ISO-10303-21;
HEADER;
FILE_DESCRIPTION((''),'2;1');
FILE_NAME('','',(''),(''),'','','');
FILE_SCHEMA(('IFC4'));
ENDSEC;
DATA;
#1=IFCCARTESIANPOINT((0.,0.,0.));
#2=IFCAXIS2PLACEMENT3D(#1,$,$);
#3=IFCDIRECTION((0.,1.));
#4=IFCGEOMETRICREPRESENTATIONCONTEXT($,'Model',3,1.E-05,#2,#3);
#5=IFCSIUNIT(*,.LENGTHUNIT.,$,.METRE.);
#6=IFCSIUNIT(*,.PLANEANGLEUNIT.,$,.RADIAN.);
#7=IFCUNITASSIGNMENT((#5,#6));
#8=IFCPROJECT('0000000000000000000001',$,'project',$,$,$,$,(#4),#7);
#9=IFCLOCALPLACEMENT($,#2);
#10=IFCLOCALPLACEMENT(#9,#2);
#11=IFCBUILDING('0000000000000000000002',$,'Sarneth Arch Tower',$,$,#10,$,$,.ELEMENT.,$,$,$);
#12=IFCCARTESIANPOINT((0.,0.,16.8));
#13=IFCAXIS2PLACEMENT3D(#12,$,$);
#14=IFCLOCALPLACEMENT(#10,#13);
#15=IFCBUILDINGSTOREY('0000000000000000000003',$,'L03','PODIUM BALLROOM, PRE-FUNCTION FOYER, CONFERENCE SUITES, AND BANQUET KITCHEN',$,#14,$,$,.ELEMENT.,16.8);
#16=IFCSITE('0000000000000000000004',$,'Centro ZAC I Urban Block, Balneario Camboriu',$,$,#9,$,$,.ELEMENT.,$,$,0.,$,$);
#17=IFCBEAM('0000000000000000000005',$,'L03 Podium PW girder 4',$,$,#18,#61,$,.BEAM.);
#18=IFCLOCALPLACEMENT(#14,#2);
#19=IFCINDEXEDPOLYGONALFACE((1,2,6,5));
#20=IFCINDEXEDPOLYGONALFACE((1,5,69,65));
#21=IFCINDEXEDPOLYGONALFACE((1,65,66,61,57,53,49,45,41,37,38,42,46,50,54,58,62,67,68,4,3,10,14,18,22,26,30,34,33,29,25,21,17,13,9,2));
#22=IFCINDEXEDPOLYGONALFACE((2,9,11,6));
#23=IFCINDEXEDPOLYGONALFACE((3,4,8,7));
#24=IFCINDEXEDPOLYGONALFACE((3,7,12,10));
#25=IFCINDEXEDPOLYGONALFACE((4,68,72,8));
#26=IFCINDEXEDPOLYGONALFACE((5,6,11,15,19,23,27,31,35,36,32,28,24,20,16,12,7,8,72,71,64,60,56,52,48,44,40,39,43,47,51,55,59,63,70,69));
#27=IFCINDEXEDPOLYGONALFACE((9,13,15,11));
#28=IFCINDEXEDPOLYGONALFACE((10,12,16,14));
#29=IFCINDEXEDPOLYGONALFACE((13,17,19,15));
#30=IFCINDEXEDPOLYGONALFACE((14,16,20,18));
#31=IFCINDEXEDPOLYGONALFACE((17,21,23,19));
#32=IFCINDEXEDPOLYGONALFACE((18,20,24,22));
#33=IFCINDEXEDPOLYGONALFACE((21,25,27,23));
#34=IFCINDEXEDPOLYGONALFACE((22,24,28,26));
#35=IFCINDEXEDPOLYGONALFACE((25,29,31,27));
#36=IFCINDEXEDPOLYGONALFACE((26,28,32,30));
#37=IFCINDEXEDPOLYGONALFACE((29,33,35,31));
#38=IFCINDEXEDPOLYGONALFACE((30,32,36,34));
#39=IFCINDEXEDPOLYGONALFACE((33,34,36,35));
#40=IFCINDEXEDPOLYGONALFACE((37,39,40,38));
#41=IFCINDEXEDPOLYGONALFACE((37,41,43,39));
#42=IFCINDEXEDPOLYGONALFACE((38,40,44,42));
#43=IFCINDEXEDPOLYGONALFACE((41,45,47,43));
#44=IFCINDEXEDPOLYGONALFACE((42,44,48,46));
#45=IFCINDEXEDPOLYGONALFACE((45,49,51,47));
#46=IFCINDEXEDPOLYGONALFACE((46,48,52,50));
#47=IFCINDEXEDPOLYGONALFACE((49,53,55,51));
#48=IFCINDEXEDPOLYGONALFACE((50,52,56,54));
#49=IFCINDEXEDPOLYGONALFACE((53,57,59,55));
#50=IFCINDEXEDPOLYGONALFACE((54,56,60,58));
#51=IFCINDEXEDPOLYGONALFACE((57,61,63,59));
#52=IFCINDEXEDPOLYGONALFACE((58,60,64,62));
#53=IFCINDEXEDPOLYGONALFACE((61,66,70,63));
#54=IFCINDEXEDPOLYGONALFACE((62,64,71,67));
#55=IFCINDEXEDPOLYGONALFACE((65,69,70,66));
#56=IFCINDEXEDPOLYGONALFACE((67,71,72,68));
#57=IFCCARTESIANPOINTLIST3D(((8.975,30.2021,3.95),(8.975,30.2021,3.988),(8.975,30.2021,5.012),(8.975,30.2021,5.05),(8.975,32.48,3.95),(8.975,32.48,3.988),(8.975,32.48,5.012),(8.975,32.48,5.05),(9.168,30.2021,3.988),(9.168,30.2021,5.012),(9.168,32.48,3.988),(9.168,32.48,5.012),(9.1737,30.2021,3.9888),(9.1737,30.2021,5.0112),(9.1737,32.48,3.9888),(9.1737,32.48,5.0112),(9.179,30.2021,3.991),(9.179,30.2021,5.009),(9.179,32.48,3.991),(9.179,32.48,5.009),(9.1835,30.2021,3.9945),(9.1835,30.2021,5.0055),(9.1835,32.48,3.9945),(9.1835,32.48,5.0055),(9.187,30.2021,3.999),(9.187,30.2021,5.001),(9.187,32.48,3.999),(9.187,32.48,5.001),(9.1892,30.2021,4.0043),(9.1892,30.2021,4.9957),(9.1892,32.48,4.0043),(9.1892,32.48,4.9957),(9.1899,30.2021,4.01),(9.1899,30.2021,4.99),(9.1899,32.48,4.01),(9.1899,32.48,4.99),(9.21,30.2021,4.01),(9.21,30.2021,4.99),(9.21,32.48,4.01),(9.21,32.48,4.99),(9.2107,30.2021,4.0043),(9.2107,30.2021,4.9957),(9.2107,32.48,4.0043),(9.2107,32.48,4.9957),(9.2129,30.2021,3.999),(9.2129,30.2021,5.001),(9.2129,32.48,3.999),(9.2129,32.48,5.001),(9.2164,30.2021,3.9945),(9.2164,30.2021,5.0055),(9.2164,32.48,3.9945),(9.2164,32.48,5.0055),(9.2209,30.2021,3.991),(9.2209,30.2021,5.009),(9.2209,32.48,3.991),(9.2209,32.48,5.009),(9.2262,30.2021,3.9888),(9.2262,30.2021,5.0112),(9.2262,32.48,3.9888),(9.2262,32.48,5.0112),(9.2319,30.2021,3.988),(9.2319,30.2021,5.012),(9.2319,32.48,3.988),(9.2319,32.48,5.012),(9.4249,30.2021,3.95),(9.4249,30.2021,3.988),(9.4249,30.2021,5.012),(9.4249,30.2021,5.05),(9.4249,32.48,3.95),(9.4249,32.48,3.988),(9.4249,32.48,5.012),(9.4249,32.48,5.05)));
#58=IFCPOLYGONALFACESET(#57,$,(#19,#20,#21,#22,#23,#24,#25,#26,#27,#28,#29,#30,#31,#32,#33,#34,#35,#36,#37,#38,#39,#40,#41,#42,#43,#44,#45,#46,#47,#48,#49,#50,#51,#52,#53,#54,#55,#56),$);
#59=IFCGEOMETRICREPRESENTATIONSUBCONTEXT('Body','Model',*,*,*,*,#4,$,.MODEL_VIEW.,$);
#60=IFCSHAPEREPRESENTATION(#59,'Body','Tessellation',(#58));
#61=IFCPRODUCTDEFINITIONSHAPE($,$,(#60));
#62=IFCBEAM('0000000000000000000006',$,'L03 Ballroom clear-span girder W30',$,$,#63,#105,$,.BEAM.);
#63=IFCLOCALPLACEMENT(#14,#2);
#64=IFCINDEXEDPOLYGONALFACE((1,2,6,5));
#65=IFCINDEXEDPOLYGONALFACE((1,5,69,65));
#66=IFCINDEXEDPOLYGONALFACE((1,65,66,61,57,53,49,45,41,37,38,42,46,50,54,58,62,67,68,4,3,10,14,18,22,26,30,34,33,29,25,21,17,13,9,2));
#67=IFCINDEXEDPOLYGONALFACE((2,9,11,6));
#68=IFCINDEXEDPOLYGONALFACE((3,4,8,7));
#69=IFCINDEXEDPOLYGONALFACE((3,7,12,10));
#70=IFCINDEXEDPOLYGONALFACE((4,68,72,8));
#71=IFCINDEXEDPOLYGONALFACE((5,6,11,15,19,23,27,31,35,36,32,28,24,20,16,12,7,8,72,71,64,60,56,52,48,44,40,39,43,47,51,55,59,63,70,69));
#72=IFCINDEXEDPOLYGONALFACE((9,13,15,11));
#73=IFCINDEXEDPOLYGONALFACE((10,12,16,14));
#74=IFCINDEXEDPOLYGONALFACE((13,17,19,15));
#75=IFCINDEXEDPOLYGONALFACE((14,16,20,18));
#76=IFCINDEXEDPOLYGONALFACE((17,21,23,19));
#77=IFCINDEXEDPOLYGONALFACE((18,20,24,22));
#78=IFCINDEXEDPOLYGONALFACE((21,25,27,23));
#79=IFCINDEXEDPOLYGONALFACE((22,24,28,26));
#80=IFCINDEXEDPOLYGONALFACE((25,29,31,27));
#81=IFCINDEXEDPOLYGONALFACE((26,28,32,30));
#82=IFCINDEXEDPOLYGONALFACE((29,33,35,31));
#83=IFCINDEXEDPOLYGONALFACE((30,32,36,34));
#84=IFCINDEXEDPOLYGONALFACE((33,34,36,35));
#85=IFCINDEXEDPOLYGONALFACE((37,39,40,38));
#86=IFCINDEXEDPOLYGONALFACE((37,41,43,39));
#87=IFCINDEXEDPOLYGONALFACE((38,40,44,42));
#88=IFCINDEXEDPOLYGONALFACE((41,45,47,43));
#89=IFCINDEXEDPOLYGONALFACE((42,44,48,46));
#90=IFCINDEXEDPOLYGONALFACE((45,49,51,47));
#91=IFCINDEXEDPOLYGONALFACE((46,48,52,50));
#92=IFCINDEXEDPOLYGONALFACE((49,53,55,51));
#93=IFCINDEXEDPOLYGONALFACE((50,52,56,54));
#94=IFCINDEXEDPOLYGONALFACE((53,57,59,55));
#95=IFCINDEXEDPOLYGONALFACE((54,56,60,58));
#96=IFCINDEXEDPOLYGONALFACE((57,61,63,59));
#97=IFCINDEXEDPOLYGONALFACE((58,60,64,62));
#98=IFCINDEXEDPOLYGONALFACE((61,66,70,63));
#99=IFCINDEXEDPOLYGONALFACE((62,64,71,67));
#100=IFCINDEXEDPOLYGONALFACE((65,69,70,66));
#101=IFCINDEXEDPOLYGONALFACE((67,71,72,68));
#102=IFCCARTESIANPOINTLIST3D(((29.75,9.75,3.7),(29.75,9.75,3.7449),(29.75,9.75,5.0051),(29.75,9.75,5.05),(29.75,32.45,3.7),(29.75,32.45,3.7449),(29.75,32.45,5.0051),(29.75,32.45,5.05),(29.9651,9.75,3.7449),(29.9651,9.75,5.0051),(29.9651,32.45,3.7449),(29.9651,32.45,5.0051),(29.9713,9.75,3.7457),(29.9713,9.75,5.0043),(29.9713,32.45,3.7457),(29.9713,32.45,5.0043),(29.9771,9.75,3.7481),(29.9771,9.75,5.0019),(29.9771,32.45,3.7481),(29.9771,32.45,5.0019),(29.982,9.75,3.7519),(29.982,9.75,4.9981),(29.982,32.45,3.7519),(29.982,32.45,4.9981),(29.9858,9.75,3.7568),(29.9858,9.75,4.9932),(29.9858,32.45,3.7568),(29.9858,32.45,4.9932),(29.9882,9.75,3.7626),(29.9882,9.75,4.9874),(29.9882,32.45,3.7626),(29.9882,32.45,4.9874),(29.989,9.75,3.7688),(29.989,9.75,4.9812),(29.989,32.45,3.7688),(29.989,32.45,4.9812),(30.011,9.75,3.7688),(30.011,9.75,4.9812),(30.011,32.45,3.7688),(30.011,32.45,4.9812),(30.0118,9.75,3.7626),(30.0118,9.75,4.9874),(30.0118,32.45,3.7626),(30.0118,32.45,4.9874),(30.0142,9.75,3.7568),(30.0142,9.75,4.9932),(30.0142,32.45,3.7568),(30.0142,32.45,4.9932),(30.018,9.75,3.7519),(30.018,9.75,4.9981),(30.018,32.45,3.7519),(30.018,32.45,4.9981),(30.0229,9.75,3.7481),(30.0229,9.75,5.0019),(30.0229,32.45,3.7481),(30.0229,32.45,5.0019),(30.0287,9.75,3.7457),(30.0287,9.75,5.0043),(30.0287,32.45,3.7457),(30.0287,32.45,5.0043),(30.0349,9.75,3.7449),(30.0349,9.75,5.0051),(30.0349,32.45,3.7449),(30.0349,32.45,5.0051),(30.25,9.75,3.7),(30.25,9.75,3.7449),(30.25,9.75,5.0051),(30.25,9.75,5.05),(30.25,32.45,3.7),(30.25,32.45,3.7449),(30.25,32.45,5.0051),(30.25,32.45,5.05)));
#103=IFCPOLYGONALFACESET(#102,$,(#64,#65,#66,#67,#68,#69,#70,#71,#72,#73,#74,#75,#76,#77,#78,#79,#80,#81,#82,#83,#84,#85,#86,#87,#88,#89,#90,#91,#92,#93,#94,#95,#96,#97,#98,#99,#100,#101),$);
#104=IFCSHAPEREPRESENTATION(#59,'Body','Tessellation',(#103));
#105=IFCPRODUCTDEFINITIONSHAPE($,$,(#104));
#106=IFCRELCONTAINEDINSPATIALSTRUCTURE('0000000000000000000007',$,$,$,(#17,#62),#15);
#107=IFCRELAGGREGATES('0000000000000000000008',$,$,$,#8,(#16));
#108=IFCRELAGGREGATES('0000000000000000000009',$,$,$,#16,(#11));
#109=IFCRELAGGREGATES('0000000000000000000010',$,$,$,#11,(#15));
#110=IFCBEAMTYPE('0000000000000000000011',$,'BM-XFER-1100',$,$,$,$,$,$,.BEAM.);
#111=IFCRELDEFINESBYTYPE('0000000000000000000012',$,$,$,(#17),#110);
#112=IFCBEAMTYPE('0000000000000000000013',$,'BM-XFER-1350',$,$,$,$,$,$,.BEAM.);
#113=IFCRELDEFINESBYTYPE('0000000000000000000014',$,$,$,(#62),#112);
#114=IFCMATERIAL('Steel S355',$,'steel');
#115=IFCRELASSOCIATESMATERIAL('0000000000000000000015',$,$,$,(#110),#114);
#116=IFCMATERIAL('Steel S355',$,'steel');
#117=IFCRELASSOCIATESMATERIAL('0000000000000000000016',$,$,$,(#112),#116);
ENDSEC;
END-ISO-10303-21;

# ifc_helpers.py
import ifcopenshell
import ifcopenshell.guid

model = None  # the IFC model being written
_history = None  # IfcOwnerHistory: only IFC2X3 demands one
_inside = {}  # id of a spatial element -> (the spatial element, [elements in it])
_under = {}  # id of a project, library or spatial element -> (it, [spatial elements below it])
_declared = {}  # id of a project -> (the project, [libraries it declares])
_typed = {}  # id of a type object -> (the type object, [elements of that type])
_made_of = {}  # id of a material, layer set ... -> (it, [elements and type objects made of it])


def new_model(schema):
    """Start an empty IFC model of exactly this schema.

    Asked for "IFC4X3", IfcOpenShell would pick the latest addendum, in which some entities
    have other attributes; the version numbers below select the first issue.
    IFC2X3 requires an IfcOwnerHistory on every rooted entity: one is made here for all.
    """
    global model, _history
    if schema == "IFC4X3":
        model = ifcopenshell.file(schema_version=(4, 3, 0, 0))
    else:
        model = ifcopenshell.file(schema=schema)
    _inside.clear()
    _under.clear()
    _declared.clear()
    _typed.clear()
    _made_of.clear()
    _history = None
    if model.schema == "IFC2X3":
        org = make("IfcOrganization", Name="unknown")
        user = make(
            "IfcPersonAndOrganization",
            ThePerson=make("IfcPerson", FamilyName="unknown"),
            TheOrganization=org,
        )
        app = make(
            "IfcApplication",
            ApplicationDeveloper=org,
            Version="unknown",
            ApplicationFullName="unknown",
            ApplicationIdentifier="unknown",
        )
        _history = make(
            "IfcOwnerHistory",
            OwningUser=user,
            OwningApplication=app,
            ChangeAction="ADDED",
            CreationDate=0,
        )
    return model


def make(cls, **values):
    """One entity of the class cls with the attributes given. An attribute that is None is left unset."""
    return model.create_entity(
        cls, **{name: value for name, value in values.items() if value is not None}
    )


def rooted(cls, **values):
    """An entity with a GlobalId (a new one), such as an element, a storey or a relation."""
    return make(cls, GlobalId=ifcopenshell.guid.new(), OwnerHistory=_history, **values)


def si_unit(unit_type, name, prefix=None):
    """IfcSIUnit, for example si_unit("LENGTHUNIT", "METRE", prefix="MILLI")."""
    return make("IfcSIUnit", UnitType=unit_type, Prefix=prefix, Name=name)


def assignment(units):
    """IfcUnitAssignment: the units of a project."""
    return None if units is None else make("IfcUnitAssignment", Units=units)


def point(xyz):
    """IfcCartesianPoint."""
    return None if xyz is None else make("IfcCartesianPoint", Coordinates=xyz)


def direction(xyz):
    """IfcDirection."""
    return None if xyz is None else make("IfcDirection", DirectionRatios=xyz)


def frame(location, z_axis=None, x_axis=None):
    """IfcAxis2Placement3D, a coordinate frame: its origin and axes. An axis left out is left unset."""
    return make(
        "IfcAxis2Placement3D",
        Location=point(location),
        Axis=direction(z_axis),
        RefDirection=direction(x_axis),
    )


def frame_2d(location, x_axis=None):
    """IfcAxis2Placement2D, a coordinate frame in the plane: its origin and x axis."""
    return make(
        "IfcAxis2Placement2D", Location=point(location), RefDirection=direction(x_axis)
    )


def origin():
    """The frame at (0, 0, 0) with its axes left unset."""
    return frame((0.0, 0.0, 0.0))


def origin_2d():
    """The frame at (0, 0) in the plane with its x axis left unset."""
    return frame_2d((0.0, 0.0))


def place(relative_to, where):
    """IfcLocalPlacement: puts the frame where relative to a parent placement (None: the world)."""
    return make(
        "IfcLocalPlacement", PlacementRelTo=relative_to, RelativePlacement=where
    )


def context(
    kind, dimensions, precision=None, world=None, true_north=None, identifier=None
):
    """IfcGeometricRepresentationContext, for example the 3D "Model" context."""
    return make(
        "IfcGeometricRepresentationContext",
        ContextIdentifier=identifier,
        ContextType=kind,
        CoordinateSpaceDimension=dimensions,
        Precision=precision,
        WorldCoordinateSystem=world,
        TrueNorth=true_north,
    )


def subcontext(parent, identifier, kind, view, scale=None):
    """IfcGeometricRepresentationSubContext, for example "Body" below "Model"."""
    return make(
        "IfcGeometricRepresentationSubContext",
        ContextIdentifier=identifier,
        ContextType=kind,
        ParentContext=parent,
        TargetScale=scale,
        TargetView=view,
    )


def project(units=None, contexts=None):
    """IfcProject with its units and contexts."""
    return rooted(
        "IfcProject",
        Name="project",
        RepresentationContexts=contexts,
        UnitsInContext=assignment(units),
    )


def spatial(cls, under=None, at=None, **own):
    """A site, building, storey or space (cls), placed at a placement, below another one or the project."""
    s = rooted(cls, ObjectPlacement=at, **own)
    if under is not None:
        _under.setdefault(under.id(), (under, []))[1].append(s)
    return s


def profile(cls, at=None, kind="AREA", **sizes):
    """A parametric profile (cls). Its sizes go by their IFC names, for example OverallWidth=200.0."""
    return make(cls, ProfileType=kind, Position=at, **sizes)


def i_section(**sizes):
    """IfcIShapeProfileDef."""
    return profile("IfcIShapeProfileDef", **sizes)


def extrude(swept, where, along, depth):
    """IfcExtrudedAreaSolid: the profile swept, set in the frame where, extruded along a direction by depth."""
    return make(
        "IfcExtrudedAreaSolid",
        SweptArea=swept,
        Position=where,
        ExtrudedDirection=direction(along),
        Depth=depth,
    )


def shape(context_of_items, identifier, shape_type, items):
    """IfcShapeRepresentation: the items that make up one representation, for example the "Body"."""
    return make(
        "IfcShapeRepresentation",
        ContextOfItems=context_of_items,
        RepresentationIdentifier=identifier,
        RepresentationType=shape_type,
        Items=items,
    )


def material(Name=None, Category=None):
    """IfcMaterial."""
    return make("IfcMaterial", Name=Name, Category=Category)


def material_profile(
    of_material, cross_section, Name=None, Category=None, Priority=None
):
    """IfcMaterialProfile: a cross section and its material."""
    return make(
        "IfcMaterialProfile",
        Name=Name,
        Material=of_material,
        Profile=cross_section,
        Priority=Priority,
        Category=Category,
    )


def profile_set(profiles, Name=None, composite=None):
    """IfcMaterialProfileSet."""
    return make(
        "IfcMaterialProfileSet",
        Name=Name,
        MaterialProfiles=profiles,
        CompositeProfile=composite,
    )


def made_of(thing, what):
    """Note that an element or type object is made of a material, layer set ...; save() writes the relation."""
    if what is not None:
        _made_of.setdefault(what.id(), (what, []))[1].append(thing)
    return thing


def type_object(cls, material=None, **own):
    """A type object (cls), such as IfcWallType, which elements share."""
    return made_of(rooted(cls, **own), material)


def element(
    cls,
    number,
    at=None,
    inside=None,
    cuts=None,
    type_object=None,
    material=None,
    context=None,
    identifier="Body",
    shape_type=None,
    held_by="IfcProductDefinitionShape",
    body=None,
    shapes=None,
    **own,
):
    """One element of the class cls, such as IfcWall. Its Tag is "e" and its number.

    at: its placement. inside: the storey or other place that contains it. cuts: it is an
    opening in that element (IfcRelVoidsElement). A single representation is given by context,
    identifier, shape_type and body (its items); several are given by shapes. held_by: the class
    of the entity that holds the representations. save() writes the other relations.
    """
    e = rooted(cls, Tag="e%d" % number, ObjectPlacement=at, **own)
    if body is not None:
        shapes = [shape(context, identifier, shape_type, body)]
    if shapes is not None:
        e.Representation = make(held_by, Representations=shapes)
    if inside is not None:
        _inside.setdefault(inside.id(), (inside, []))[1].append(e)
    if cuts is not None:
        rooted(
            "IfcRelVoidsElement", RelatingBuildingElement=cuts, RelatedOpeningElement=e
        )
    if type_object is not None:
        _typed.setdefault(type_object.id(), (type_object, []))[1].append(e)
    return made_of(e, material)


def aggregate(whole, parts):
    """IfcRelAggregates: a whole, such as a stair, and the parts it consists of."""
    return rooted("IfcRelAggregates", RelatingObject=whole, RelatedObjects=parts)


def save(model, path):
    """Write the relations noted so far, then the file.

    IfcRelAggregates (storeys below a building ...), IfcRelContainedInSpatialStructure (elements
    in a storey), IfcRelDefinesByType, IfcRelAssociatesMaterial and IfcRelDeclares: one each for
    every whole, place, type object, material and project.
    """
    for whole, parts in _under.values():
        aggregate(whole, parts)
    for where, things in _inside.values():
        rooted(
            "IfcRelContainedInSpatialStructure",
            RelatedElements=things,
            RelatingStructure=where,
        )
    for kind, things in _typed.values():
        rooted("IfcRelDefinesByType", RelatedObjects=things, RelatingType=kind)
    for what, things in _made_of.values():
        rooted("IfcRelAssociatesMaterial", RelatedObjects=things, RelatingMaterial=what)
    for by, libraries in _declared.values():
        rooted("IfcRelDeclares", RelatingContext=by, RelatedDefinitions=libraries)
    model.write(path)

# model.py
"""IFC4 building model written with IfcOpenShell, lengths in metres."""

from ifc_helpers import new_model, si_unit, direction, frame, origin, origin_2d, place, context, subcontext, project, spatial, i_section, extrude, material, material_profile, profile_set, type_object, element, save


model = new_model("IFC4")

# Units and contexts
model_context = context("Model", 3, precision=1e-05, world=origin(), true_north=direction((0.0, 1.0)))
body_context = subcontext(model_context, "Body", "Model", "MODEL_VIEW")
ifc_project = project(units=[si_unit("LENGTHUNIT", "METRE"), si_unit("PLANEANGLEUNIT", "RADIAN")], contexts=[model_context])

# Site, building, storey
site_placement = place(None, origin())
site = spatial("IfcSite", under=ifc_project, at=site_placement, Name="Centro ZAC I Urban Block, Balneario Camboriu", CompositionType="ELEMENT", RefElevation=0.0)
building_placement = place(site_placement, origin())
building = spatial("IfcBuilding", under=site, at=building_placement, Name="Sarneth Arch Tower", CompositionType="ELEMENT")
storey_placement = place(building_placement, frame((0.0, 0.0, 16.8)))
storey = spatial("IfcBuildingStorey", under=building, at=storey_placement, Name="L03", Description="PODIUM BALLROOM, PRE-FUNCTION FOYER, CONFERENCE SUITES, AND BANQUET KITCHEN", CompositionType="ELEMENT", Elevation=16.8)

# Beams
ifc_material_1 = material(Name="Steel S355", Category="steel")
ifc_material_profile_1 = material_profile(ifc_material_1, i_section(OverallWidth=0.45, OverallDepth=1.1001, WebThickness=0.02, FlangeThickness=0.0381, FilletRadius=0.022, at=origin_2d()), Name="CVS1100x456")
ifc_profile_set_1 = profile_set([ifc_material_profile_1], Name="Steel S355")
beam_type_1 = type_object("IfcBeamType", Name="BM-XFER-1100", PredefinedType="BEAM", material=ifc_profile_set_1)
beam_1_placement = place(storey_placement, frame((9.2, 30.2021, 4.5), z_axis=(0.0, 1.0, 0.0), x_axis=(-1.0, 0.0, 0.0)))
element("IfcBeam", 1, at=beam_1_placement, inside=storey, type_object=beam_type_1, Name="L03 Podium PW girder 4", PredefinedType="BEAM", context=body_context, shape_type="SweptSolid", body=[
    extrude(i_section(OverallWidth=0.45, OverallDepth=1.1001, WebThickness=0.02, FlangeThickness=0.0381, FilletRadius=0.022, at=origin_2d()), origin(), (0.0, 0.0, 1.0), 2.2778),
])
ifc_material_2 = material(Name="Steel S355", Category="steel")
ifc_material_profile_2 = material_profile(ifc_material_2, i_section(OverallWidth=0.5, OverallDepth=1.3501, WebThickness=0.022, FlangeThickness=0.0449, FilletRadius=0.0239, at=origin_2d()), Name="CVS1350x595")
ifc_profile_set_2 = profile_set([ifc_material_profile_2], Name="Steel S355")
beam_type_2 = type_object("IfcBeamType", Name="BM-XFER-1350", PredefinedType="BEAM", material=ifc_profile_set_2)
beam_2_placement = place(storey_placement, frame((30.0, 9.75, 4.375), z_axis=(0.0, 1.0, 0.0), x_axis=(-1.0, 0.0, 0.0)))
element("IfcBeam", 2, at=beam_2_placement, inside=storey, type_object=beam_type_2, Name="L03 Ballroom clear-span girder W30", PredefinedType="BEAM", context=body_context, shape_type="SweptSolid", body=[
    extrude(i_section(OverallWidth=0.5, OverallDepth=1.3501, WebThickness=0.022, FlangeThickness=0.0449, FilletRadius=0.0239, at=origin_2d()), origin(), (0.0, 0.0, 1.0), 22.7),
])

save(model, "model.ifc")
